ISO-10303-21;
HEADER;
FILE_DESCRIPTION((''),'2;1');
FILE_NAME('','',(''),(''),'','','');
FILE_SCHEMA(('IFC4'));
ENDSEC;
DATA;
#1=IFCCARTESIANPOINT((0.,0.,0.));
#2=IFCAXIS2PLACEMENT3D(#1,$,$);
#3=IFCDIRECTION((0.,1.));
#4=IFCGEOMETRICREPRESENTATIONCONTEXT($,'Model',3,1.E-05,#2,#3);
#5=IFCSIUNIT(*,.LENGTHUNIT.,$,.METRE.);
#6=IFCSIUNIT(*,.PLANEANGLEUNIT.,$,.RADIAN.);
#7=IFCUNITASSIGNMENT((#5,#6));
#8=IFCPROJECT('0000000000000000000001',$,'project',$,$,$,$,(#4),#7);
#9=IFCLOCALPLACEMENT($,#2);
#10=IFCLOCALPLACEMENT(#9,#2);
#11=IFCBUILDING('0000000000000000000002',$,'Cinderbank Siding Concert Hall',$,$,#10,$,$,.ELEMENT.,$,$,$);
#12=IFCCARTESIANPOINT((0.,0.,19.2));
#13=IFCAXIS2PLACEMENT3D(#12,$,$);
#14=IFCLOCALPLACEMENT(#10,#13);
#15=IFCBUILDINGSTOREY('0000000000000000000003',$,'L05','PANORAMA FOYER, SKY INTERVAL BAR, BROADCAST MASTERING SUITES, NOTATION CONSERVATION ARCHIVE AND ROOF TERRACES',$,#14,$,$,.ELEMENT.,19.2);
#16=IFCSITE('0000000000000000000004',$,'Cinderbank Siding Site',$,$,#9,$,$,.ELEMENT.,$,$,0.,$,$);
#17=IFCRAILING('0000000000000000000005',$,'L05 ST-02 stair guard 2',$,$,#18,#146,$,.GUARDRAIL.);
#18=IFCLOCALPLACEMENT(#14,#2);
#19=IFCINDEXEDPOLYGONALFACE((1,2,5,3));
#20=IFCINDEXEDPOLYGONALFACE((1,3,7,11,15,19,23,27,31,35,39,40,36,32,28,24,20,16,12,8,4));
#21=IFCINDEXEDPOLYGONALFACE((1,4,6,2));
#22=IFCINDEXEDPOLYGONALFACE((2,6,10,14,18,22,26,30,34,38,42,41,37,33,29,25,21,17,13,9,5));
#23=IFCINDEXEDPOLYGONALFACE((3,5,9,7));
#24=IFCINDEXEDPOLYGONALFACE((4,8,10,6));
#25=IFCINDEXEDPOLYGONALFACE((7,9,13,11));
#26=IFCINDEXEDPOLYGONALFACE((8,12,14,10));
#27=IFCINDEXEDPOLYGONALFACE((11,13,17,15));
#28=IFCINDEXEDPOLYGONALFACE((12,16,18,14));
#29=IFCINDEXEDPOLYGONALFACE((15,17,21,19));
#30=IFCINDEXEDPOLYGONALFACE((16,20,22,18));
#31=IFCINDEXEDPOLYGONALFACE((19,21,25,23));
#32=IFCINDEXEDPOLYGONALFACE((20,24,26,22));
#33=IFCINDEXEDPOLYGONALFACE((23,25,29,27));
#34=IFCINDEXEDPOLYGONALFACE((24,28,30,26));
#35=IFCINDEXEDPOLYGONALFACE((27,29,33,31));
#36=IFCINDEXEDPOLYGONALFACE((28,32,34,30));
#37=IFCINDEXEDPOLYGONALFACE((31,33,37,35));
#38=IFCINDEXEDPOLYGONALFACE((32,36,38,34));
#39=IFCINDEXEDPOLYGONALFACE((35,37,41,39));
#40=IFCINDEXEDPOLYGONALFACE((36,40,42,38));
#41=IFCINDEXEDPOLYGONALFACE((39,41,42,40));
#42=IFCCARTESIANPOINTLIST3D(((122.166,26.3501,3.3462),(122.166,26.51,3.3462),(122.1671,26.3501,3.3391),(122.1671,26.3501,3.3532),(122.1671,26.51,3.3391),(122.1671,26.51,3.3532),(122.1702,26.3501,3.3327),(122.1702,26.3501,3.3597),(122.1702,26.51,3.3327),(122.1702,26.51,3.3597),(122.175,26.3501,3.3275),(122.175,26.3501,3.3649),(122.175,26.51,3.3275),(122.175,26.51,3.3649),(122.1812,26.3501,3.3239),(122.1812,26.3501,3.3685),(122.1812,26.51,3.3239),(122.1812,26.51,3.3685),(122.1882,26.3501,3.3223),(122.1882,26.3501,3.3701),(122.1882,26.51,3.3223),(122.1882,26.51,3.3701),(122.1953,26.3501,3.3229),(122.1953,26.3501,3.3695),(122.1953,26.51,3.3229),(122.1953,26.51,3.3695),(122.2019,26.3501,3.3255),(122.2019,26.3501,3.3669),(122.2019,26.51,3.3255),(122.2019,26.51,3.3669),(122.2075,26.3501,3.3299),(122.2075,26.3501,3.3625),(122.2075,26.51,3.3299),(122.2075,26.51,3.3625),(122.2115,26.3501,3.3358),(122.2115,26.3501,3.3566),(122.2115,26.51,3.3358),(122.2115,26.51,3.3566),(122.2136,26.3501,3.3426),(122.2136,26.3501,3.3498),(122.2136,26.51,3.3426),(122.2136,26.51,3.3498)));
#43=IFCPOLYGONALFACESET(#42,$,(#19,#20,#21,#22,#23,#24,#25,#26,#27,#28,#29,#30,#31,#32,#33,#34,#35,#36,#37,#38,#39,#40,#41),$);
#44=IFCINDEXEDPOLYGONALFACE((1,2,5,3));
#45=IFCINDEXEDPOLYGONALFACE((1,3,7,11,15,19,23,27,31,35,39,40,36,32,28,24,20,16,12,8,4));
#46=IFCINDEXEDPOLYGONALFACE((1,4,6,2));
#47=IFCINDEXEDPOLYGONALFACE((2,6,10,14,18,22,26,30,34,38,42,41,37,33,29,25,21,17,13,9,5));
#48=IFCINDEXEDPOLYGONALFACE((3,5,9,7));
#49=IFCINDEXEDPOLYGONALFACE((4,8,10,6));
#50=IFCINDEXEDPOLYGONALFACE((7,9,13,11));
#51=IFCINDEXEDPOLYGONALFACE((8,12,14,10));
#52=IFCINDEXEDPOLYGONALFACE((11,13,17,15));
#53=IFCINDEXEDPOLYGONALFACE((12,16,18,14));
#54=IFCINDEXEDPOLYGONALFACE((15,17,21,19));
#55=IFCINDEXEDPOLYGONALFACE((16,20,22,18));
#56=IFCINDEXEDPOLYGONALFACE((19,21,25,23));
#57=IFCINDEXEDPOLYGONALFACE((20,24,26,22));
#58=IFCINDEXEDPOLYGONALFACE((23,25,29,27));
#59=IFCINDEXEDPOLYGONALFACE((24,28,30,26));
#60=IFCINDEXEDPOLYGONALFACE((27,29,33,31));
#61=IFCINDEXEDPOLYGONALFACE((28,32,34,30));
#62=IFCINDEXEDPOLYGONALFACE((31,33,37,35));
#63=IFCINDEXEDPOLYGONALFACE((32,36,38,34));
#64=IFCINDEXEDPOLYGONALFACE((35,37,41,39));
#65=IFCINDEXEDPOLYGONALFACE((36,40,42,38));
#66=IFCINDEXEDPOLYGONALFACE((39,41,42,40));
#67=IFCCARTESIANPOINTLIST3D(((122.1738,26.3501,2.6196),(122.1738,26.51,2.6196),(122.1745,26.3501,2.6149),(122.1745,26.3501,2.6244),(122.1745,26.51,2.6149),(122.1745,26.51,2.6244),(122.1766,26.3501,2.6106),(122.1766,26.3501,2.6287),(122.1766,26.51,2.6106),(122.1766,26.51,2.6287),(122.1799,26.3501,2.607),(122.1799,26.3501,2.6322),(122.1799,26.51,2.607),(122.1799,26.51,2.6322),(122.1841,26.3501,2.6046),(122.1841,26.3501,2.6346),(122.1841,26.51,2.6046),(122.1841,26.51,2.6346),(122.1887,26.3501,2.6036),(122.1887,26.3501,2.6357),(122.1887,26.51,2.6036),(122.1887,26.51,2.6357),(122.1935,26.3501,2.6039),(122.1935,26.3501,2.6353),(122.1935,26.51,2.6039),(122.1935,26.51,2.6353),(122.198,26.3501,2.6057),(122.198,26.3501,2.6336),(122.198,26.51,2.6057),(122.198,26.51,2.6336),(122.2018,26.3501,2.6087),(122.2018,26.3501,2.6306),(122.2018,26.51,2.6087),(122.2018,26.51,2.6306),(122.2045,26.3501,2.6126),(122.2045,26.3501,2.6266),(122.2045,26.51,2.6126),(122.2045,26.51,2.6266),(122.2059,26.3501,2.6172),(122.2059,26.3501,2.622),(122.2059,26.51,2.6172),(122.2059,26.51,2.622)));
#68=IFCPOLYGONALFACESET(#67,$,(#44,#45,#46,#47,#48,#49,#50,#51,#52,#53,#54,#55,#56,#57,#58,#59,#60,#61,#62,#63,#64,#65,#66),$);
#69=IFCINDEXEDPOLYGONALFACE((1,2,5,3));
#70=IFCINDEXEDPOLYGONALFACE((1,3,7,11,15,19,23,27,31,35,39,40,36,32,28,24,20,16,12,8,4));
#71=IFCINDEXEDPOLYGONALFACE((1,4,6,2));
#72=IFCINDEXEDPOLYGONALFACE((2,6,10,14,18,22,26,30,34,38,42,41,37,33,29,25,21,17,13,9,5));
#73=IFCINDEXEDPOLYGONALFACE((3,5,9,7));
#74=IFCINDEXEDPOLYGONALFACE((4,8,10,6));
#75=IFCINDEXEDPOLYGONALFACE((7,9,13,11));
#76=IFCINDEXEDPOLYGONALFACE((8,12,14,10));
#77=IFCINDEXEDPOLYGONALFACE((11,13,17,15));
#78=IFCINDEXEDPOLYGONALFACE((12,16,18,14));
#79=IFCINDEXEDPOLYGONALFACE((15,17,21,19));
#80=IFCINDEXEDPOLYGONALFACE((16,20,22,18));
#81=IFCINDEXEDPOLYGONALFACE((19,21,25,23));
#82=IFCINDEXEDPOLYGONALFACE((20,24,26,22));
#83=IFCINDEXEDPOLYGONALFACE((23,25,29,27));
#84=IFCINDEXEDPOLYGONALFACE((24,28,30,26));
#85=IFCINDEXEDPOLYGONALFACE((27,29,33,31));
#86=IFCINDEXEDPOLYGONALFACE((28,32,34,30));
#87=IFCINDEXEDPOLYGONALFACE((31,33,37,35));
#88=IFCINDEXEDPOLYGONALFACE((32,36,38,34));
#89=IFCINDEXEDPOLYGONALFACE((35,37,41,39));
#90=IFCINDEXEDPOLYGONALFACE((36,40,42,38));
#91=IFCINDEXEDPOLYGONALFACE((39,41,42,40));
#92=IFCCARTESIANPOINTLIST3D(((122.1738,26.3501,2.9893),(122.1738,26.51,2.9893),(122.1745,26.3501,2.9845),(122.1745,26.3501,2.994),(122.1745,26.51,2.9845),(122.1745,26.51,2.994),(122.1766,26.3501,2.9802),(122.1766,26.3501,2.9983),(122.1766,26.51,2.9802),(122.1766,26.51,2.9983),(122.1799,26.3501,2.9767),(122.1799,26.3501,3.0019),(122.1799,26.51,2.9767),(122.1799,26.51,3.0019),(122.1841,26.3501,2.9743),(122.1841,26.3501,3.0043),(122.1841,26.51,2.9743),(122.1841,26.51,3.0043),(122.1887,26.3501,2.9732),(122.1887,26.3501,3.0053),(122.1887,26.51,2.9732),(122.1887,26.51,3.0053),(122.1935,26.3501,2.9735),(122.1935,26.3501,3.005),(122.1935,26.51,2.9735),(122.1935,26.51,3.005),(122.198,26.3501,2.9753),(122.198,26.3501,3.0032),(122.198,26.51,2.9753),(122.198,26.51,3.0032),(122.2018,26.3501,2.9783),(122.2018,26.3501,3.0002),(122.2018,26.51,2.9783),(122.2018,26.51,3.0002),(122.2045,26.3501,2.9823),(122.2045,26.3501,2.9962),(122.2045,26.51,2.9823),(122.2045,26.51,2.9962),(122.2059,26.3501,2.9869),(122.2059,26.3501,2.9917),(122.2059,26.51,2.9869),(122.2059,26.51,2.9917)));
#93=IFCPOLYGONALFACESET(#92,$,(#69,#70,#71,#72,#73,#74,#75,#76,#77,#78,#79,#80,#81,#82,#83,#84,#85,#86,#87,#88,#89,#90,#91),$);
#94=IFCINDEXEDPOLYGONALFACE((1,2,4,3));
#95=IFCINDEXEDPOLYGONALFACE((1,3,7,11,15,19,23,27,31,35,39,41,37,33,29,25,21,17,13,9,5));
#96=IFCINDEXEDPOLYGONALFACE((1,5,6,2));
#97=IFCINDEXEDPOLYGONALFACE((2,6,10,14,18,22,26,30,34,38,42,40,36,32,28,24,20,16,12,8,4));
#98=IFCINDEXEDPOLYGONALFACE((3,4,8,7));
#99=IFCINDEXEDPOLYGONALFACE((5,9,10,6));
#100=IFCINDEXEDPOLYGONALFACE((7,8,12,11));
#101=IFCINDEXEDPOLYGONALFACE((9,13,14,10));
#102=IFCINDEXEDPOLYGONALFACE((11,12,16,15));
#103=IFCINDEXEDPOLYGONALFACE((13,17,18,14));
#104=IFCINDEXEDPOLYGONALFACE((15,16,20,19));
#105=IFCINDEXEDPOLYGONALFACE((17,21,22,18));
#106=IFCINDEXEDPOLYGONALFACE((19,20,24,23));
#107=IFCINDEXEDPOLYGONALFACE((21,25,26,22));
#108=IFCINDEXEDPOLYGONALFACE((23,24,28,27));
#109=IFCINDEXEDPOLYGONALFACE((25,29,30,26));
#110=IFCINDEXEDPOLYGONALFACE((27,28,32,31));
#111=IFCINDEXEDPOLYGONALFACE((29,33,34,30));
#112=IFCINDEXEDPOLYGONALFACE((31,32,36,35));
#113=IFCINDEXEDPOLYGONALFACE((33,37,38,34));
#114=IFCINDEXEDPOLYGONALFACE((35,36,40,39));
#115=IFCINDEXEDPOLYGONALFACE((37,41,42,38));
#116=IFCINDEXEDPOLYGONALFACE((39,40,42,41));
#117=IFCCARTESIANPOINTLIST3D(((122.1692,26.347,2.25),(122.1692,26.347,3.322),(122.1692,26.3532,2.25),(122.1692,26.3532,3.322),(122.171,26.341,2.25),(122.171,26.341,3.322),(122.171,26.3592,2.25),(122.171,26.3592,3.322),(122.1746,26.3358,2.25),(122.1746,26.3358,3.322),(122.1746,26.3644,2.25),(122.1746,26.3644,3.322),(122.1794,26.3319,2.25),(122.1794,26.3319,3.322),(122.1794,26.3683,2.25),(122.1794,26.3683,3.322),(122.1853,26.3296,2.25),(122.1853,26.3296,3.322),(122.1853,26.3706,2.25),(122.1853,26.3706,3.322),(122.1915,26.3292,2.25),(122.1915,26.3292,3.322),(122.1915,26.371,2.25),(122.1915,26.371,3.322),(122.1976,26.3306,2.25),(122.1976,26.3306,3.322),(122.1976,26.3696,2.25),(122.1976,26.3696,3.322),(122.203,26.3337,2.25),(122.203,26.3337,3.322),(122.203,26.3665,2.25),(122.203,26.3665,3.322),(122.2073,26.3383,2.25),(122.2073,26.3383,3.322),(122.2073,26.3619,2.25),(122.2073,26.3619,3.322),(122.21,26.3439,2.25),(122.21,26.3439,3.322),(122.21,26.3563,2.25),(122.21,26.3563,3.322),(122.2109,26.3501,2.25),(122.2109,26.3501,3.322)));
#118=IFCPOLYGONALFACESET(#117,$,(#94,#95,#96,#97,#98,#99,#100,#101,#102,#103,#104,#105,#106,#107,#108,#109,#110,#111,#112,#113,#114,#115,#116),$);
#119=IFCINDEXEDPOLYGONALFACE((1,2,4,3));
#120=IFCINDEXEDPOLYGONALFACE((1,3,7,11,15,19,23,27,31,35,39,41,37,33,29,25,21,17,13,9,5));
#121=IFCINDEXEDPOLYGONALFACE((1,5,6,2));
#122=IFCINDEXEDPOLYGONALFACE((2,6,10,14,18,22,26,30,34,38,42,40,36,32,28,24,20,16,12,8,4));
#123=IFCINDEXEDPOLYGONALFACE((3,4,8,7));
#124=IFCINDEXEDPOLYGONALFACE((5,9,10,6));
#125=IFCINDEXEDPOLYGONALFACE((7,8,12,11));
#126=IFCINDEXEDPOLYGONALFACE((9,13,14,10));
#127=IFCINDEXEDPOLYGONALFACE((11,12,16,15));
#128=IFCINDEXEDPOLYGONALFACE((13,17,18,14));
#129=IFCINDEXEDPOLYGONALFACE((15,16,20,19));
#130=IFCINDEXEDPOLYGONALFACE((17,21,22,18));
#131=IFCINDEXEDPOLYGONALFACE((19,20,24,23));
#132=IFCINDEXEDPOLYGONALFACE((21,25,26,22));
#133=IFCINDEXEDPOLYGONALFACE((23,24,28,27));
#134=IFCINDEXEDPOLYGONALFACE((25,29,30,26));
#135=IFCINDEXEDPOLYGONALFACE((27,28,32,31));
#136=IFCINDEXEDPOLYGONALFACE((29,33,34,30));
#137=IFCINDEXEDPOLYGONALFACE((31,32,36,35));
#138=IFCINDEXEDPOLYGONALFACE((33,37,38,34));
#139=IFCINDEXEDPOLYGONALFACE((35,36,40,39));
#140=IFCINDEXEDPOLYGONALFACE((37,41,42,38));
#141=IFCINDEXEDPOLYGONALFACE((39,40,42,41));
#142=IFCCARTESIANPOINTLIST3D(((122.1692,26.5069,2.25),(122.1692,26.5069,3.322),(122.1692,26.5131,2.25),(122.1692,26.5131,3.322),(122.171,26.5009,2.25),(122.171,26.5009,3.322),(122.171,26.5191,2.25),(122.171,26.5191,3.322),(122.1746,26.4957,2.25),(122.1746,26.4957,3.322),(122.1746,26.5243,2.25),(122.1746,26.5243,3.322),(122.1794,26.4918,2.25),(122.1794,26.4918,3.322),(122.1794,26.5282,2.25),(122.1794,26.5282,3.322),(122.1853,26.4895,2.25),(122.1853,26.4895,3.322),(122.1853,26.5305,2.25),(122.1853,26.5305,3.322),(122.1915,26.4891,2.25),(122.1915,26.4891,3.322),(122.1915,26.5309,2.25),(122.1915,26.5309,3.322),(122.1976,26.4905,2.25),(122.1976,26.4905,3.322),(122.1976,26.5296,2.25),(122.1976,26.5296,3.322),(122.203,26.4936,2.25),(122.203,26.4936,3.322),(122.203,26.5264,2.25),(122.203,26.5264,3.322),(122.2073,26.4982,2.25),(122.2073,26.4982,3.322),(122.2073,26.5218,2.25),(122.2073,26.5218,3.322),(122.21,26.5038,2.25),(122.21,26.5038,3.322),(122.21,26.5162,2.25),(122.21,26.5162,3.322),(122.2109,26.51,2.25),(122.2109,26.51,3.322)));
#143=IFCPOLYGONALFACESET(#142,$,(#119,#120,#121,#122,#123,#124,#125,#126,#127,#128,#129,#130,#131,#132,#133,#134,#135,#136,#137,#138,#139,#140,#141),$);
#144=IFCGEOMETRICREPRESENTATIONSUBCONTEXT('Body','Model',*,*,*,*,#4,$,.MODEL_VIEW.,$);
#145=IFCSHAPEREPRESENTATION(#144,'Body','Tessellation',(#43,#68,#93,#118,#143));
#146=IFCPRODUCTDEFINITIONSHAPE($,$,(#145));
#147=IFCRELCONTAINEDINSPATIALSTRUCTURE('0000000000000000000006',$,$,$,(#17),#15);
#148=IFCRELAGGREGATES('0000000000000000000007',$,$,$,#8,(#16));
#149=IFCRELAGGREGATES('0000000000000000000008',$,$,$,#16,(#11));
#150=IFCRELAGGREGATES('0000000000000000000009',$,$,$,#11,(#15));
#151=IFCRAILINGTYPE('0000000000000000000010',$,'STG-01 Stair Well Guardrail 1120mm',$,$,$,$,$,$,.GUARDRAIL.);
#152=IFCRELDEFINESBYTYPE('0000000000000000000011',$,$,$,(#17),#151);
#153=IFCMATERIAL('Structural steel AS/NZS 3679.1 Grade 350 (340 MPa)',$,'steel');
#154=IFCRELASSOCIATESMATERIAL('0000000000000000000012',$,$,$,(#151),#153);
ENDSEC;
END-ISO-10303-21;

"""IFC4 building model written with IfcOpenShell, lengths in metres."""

from ifc_helpers import new_model, si_unit, direction, frame, origin, origin_2d, place, context, subcontext, project, spatial, circle, extrude, material, type_object, element, save


model = new_model("IFC4")

# Units and contexts
model_context = context("Model", 3, precision=1e-05, world=origin(), true_north=direction((0.0, 1.0)))
body_context = subcontext(model_context, "Body", "Model", "MODEL_VIEW")
ifc_project = project(units=[si_unit("LENGTHUNIT", "METRE"), si_unit("PLANEANGLEUNIT", "RADIAN")], contexts=[model_context])

# Site, building, storey
site_placement = place(None, origin())
site = spatial("IfcSite", under=ifc_project, at=site_placement, Name="Cinderbank Siding Site", CompositionType="ELEMENT", RefElevation=0.0)
building_placement = place(site_placement, origin())
building = spatial("IfcBuilding", under=site, at=building_placement, Name="Cinderbank Siding Concert Hall", CompositionType="ELEMENT")
storey_placement = place(building_placement, frame((0.0, 0.0, 19.2)))
storey = spatial("IfcBuildingStorey", under=building, at=storey_placement, Name="L05", Description="PANORAMA FOYER, SKY INTERVAL BAR, BROADCAST MASTERING SUITES, NOTATION CONSERVATION ARCHIVE AND ROOF TERRACES", CompositionType="ELEMENT", Elevation=19.2)

# Railing
ifc_material_1 = material(Name="Structural steel AS/NZS 3679.1 Grade 350 (340 MPa)", Category="steel")
railing_type_1 = type_object("IfcRailingType", Name="STG-01 Stair Well Guardrail 1120mm", PredefinedType="GUARDRAIL", material=ifc_material_1)
railing_1_placement = place(storey_placement, frame((122.1899, 26.3501, 2.25)))
element("IfcRailing", 1, at=railing_1_placement, inside=storey, type_object=railing_type_1, Name="L05 ST-02 stair guard 2", PredefinedType="GUARDRAIL", context=body_context, shape_type="SweptSolid", body=[
    extrude(circle(Radius=0.0239, at=origin_2d()), frame((0.0, 0.0, 1.0962), z_axis=(0.0, 1.0, 0.0), x_axis=(-1.0, 0.0, 0.0)), (0.0, 0.0, 1.0), 0.1599),
    extrude(circle(Radius=0.0161, at=origin_2d()), frame((0.0, 0.0, 0.3696), z_axis=(0.0, 1.0, 0.0), x_axis=(-1.0, 0.0, 0.0)), (0.0, 0.0, 1.0), 0.1599),
    extrude(circle(Radius=0.0161, at=origin_2d()), frame((0.0, 0.0, 0.7393), z_axis=(0.0, 1.0, 0.0), x_axis=(-1.0, 0.0, 0.0)), (0.0, 0.0, 1.0), 0.1599),
    extrude(circle(Radius=0.021, at=origin_2d()), origin(), (0.0, 0.0, 1.0), 1.072),
    extrude(circle(Radius=0.021, at=origin_2d()), frame((0.0, 0.1599, 0.0)), (0.0, 0.0, 1.0), 1.072),
])

save(model, "model.ifc")
